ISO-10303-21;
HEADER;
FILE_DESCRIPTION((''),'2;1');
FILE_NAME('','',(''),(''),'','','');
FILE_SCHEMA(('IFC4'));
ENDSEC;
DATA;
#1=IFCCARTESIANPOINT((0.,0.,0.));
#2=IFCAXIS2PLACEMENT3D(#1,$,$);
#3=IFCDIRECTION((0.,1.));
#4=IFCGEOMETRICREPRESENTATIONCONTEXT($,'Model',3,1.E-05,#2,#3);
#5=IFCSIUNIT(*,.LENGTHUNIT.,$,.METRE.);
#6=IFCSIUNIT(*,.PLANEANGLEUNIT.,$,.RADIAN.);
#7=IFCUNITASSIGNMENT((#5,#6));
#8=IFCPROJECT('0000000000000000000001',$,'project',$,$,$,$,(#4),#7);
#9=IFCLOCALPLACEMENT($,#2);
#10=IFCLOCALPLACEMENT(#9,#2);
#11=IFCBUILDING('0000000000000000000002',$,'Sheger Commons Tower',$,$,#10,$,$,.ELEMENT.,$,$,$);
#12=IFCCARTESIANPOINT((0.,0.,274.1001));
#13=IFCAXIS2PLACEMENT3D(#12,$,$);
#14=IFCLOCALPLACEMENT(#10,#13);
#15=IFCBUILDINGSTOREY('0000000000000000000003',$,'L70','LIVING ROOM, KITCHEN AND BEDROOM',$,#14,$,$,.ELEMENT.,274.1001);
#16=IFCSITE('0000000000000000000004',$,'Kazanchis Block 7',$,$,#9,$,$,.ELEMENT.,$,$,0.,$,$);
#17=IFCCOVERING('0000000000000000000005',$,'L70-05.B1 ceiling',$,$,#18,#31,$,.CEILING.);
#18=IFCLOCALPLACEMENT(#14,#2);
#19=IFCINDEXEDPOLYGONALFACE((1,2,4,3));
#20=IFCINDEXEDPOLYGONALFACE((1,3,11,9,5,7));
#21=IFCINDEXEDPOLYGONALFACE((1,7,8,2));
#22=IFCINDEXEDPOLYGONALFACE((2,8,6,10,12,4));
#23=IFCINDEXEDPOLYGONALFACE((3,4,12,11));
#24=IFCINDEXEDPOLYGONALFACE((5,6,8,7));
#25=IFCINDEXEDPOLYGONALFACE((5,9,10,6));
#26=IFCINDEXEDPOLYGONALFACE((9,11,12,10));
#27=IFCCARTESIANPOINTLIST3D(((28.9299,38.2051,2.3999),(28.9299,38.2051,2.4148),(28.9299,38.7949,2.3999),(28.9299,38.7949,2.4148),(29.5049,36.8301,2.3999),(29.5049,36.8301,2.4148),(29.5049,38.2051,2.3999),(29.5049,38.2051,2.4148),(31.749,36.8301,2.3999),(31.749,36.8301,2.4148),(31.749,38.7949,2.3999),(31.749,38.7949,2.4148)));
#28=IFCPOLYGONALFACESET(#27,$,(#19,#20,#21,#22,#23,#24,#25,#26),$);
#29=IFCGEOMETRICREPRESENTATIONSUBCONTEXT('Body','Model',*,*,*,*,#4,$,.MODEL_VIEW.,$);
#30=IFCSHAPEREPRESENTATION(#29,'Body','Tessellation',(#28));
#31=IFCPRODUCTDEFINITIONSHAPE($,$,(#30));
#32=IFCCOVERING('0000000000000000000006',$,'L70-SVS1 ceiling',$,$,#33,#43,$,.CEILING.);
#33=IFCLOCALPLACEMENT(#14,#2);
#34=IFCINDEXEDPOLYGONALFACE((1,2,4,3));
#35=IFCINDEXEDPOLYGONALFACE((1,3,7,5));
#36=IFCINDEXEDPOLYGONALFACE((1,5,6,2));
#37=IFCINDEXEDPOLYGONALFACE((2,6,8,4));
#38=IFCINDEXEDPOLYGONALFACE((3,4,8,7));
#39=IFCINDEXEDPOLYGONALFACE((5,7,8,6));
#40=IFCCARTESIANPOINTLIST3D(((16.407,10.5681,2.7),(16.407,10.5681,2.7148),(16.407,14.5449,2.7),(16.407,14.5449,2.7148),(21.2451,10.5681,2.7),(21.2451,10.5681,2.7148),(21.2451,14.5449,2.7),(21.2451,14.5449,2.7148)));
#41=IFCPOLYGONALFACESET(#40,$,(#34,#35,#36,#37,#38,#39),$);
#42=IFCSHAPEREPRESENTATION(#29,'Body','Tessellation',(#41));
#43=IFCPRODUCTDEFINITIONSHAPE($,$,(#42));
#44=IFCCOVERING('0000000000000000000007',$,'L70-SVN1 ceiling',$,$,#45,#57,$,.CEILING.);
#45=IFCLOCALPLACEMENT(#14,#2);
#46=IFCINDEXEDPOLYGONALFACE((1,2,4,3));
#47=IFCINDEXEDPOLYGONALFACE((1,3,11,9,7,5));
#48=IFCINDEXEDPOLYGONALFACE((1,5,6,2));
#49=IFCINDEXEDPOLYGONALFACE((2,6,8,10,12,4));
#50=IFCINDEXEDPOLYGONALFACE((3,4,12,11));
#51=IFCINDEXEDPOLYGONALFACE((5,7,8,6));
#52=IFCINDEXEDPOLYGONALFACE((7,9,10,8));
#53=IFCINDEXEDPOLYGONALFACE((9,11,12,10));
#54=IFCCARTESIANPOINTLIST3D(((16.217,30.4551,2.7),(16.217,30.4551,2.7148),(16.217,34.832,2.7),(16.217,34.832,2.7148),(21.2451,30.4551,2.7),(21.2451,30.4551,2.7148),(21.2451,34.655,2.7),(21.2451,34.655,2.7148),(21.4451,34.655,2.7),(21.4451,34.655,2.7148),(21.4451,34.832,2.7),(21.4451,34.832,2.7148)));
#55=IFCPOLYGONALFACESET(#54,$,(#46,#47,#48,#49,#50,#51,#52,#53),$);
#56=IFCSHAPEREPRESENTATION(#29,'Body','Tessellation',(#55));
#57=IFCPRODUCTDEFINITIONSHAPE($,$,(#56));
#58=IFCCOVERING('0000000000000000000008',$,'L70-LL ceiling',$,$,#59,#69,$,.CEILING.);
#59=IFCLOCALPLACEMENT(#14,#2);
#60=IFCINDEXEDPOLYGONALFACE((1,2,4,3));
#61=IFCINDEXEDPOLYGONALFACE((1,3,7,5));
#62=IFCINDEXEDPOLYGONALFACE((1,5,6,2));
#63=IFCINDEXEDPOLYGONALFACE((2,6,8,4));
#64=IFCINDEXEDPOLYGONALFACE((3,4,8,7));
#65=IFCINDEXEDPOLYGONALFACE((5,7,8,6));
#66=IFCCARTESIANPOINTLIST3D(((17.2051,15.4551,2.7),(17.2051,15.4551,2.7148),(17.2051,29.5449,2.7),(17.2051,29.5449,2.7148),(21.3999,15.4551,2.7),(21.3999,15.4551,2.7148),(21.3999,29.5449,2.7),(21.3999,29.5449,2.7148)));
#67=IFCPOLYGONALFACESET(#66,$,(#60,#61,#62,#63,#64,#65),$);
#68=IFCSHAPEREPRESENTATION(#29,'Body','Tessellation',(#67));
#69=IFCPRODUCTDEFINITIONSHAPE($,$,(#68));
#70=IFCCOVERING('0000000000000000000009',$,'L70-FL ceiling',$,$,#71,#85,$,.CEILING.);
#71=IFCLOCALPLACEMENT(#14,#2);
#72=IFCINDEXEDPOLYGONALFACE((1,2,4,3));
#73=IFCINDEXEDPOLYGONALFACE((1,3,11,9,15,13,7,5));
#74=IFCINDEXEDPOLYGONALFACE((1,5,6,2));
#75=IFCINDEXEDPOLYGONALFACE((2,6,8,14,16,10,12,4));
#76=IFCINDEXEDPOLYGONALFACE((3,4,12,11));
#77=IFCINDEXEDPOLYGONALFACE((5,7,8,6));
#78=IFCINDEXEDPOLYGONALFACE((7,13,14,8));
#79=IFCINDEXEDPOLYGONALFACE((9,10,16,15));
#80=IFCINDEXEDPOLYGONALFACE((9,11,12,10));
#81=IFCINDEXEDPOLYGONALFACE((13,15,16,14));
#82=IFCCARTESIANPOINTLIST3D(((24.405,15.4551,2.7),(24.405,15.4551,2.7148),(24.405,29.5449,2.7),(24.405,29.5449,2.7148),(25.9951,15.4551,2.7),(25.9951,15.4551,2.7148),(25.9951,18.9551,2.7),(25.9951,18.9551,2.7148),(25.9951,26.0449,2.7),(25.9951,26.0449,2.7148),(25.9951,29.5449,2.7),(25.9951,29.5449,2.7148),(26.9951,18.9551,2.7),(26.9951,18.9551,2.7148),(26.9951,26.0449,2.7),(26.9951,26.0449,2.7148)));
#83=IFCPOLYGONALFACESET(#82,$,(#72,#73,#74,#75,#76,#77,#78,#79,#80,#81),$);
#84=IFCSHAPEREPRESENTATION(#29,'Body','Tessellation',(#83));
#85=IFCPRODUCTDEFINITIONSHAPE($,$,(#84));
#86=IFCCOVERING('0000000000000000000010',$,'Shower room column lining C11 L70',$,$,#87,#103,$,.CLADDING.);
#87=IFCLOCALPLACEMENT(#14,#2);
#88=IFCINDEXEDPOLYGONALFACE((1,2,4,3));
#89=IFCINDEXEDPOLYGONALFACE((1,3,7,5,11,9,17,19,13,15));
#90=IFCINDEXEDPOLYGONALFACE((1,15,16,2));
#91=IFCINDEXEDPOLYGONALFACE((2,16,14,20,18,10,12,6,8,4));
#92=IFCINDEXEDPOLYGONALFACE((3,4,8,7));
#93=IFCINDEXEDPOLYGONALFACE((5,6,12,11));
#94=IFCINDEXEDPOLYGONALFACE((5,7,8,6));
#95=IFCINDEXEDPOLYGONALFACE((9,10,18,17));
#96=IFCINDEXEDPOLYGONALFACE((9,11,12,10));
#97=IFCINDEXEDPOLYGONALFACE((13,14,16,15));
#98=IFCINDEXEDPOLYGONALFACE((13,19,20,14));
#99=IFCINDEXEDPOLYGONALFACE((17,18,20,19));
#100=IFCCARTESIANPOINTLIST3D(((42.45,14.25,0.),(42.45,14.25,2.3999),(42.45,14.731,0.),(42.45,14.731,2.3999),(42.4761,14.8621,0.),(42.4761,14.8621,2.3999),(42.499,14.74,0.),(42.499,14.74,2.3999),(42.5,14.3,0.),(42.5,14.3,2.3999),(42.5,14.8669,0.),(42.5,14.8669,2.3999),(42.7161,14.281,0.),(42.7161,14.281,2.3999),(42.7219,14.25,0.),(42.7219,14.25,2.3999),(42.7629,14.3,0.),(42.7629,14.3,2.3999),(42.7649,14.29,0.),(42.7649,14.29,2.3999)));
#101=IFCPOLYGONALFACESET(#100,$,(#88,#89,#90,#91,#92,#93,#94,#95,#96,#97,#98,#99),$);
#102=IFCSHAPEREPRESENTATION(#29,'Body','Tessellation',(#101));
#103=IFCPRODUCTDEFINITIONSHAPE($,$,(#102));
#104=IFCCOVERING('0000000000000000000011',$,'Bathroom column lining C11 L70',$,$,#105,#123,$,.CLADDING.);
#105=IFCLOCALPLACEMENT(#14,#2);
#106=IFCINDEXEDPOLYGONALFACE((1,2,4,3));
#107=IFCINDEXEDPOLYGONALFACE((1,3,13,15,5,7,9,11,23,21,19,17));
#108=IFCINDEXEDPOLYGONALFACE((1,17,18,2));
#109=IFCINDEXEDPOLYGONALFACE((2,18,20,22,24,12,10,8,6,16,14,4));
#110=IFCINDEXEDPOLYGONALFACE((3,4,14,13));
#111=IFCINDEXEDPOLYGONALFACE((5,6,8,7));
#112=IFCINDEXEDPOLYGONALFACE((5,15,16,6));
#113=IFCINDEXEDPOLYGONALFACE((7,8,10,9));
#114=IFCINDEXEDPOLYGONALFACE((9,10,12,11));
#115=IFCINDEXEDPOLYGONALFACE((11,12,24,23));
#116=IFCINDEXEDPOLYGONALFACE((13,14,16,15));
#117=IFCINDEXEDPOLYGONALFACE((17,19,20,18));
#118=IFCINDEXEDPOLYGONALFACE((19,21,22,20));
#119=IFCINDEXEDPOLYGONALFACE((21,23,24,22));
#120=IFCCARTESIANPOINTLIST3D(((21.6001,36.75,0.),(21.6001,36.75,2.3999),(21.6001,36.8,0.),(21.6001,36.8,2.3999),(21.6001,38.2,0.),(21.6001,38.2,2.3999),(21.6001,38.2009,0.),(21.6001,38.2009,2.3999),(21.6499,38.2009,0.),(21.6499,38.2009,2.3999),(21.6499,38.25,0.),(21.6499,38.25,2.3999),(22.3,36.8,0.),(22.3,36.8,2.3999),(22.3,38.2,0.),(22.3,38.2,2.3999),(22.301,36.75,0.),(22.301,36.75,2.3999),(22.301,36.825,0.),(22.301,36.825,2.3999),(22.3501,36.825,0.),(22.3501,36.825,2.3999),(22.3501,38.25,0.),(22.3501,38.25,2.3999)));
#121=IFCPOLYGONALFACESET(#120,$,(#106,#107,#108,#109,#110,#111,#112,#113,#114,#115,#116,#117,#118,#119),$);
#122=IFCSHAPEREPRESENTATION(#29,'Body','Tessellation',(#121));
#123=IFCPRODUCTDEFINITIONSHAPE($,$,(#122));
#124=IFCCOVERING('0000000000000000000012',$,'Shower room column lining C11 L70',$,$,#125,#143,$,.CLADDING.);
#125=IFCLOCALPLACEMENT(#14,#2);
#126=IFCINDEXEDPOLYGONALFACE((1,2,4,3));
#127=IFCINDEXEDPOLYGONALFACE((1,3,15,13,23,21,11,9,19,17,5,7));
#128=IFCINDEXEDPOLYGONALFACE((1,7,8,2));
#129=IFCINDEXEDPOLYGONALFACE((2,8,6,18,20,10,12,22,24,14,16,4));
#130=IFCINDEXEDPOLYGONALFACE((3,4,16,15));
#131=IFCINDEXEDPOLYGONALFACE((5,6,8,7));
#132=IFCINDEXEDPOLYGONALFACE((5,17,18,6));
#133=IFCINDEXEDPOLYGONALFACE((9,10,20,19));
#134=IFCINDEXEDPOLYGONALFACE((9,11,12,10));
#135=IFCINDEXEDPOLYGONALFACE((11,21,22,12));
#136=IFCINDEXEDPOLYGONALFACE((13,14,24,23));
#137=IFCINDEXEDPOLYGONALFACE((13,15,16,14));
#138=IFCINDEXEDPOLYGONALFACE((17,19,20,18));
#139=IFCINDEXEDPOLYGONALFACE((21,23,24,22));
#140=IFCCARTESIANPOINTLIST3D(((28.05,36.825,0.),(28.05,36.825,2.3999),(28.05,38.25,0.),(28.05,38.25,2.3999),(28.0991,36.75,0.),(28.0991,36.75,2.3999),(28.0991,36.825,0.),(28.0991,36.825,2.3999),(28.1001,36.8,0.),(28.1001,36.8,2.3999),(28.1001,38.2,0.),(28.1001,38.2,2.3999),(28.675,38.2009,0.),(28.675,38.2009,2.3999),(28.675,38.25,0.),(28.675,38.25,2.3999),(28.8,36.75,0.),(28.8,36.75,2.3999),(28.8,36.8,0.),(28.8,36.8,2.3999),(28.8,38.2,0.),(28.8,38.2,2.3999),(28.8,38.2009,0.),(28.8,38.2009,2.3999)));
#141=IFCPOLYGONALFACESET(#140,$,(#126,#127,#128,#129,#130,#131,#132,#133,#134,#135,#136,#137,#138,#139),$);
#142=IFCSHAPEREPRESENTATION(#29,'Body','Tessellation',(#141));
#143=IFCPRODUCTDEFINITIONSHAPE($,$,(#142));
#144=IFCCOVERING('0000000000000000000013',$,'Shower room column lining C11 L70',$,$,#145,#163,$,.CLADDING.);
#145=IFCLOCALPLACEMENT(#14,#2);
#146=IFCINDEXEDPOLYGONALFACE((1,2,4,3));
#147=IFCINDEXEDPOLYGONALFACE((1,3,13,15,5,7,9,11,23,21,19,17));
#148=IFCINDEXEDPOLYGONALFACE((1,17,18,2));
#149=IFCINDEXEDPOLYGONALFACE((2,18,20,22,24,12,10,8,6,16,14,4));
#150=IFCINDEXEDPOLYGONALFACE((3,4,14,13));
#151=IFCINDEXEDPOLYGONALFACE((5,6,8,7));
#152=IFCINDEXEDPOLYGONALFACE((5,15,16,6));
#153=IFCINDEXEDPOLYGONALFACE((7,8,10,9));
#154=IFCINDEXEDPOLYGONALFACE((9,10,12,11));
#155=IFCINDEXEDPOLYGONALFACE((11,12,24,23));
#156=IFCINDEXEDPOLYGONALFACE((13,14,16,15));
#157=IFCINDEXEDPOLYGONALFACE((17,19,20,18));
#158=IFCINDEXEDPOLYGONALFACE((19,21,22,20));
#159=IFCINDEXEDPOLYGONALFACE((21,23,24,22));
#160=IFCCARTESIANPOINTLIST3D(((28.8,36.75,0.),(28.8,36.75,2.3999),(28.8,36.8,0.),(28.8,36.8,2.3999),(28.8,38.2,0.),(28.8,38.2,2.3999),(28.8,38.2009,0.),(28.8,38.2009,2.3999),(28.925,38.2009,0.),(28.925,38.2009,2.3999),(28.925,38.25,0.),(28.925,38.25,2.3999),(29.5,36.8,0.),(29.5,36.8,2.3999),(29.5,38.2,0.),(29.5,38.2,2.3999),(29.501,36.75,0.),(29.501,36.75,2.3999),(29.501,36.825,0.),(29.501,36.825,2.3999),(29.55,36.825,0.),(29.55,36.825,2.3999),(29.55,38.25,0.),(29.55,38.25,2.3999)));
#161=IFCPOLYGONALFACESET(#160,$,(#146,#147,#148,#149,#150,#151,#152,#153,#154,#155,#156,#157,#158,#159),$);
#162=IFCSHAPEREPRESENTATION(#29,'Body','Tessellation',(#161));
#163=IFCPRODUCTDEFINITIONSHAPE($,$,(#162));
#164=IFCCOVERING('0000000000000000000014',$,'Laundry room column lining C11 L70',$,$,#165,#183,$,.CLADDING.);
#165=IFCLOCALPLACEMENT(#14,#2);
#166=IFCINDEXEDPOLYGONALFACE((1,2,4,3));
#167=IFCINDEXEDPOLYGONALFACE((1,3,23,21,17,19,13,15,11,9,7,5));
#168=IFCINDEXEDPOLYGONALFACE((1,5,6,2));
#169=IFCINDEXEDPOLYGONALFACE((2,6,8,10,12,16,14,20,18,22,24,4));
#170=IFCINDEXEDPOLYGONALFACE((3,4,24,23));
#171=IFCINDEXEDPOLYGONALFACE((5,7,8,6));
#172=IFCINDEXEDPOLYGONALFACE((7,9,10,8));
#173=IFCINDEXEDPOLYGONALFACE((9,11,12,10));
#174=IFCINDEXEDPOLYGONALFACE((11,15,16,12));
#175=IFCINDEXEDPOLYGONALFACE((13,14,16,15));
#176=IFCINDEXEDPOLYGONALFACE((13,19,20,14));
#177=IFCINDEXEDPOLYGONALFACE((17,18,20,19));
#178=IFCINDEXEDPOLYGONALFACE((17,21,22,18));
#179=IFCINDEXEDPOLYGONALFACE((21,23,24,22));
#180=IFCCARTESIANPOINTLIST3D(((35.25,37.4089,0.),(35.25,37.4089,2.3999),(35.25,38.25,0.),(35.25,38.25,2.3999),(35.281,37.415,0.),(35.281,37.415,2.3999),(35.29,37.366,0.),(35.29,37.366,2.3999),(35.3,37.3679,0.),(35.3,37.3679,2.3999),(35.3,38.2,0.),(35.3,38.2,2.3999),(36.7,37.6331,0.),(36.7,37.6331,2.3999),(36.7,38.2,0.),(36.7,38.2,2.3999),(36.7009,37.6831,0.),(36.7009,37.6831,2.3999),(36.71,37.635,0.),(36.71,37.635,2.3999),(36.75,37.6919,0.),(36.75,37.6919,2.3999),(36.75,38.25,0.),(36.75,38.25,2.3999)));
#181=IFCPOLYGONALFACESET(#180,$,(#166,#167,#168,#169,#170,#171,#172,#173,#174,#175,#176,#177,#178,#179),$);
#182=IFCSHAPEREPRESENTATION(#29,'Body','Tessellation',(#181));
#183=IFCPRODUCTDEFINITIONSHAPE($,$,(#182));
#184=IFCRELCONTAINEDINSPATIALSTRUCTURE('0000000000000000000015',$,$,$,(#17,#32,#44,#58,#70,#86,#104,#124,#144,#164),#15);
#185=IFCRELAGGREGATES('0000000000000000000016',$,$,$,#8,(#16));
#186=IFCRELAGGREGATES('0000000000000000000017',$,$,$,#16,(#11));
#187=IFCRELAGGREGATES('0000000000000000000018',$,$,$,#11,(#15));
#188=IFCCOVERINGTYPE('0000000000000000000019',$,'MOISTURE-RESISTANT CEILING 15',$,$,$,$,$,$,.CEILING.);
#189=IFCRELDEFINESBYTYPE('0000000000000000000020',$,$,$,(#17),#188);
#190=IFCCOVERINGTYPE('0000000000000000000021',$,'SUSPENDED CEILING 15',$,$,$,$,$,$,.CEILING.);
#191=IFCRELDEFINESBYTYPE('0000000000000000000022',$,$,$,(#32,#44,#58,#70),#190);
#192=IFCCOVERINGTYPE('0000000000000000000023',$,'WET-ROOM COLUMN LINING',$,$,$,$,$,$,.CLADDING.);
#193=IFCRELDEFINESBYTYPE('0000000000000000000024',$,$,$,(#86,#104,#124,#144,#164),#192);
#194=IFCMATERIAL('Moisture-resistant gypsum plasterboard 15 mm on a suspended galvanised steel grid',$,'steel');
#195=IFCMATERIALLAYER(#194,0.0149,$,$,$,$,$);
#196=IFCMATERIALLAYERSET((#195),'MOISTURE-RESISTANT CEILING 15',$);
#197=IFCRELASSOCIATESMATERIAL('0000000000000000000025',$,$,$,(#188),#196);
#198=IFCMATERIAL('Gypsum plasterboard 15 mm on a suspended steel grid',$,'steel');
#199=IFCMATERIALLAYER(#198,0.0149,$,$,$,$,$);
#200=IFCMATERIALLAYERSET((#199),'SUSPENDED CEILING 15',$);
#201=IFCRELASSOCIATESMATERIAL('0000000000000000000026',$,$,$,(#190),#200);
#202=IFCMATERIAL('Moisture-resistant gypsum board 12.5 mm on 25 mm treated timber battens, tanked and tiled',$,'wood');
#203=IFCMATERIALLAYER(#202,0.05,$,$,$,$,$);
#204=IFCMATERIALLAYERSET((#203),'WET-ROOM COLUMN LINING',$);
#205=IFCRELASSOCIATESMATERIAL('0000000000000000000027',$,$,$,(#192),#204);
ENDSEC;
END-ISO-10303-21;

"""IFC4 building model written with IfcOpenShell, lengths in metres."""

from ifc_helpers import new_model, si_unit, direction, frame, origin, place, context, subcontext, project, spatial, polyline, outline, extrude, material, layer, layer_set, type_object, element, save


model = new_model("IFC4")

# Units and contexts
model_context = context("Model", 3, precision=1e-05, world=origin(), true_north=direction((0.0, 1.0)))
body_context = subcontext(model_context, "Body", "Model", "MODEL_VIEW")
ifc_project = project(units=[si_unit("LENGTHUNIT", "METRE"), si_unit("PLANEANGLEUNIT", "RADIAN")], contexts=[model_context])

# Site, building, storey
site_placement = place(None, origin())
site = spatial("IfcSite", under=ifc_project, at=site_placement, Name="Kazanchis Block 7", CompositionType="ELEMENT", RefElevation=0.0)
building_placement = place(site_placement, origin())
building = spatial("IfcBuilding", under=site, at=building_placement, Name="Sheger Commons Tower", CompositionType="ELEMENT")
storey_placement = place(building_placement, frame((0.0, 0.0, 274.1001)))
storey = spatial("IfcBuildingStorey", under=building, at=storey_placement, Name="L70", Description="LIVING ROOM, KITCHEN AND BEDROOM", CompositionType="ELEMENT", Elevation=274.1001)

# Coverings
ifc_material_1 = material(Name="Moisture-resistant gypsum plasterboard 15 mm on a suspended galvanised steel grid", Category="steel")
ifc_layer_1 = layer(ifc_material_1, 0.0149)
ifc_layer_set_1 = layer_set([ifc_layer_1], Name="MOISTURE-RESISTANT CEILING 15")
covering_type_1 = type_object("IfcCoveringType", Name="MOISTURE-RESISTANT CEILING 15", PredefinedType="CEILING", material=ifc_layer_set_1)
covering_1_placement = place(storey_placement, frame((0.0, 0.0, 2.3999)))
element("IfcCovering", 1, at=covering_1_placement, inside=storey, type_object=covering_type_1, Name="L70-05.B1 ceiling", PredefinedType="CEILING", context=body_context, shape_type="SweptSolid", body=[
    extrude(outline(polyline([(29.5049, 36.8301), (31.749, 36.8301), (31.749, 38.7949), (28.9299, 38.7949), (28.9299, 38.2051), (29.5049, 38.2051), (29.5049, 36.8301)])), origin(), (0.0, 0.0, 1.0), 0.0149),
])
ifc_material_2 = material(Name="Gypsum plasterboard 15 mm on a suspended steel grid", Category="steel")
ifc_layer_2 = layer(ifc_material_2, 0.0149)
ifc_layer_set_2 = layer_set([ifc_layer_2], Name="SUSPENDED CEILING 15")
covering_type_2 = type_object("IfcCoveringType", Name="SUSPENDED CEILING 15", PredefinedType="CEILING", material=ifc_layer_set_2)
covering_2_placement = place(storey_placement, frame((0.0, 0.0, 2.7)))
element("IfcCovering", 2, at=covering_2_placement, inside=storey, type_object=covering_type_2, Name="L70-SVS1 ceiling", PredefinedType="CEILING", context=body_context, shape_type="SweptSolid", body=[
    extrude(outline(polyline([(16.407, 10.5681), (21.2451, 10.5681), (21.2451, 14.5449), (16.407, 14.5449), (16.407, 10.5681)])), origin(), (0.0, 0.0, 1.0), 0.0149),
])
covering_3_placement = place(storey_placement, frame((0.0, 0.0, 2.7)))
element("IfcCovering", 3, at=covering_3_placement, inside=storey, type_object=covering_type_2, Name="L70-SVN1 ceiling", PredefinedType="CEILING", context=body_context, shape_type="SweptSolid", body=[
    extrude(outline(polyline([(16.217, 30.4551), (21.2451, 30.4551), (21.2451, 34.655), (21.4451, 34.655), (21.4451, 34.832), (16.217, 34.832), (16.217, 30.4551)])), origin(), (0.0, 0.0, 1.0), 0.0149),
])
covering_4_placement = place(storey_placement, frame((0.0, 0.0, 2.7)))
element("IfcCovering", 4, at=covering_4_placement, inside=storey, type_object=covering_type_2, Name="L70-LL ceiling", PredefinedType="CEILING", context=body_context, shape_type="SweptSolid", body=[
    extrude(outline(polyline([(17.2051, 15.4551), (21.3999, 15.4551), (21.3999, 29.5449), (17.2051, 29.5449), (17.2051, 15.4551)])), origin(), (0.0, 0.0, 1.0), 0.0149),
])
covering_5_placement = place(storey_placement, frame((0.0, 0.0, 2.7)))
element("IfcCovering", 5, at=covering_5_placement, inside=storey, type_object=covering_type_2, Name="L70-FL ceiling", PredefinedType="CEILING", context=body_context, shape_type="SweptSolid", body=[
    extrude(outline(polyline([(24.405, 15.4551), (25.9951, 15.4551), (25.9951, 18.9551), (26.9951, 18.9551), (26.9951, 26.0449), (25.9951, 26.0449), (25.9951, 29.5449), (24.405, 29.5449), (24.405, 15.4551)])), origin(), (0.0, 0.0, 1.0), 0.0149),
])
ifc_material_3 = material(Name="Moisture-resistant gypsum board 12.5 mm on 25 mm treated timber battens, tanked and tiled", Category="wood")
ifc_layer_3 = layer(ifc_material_3, 0.05)
ifc_layer_set_3 = layer_set([ifc_layer_3], Name="WET-ROOM COLUMN LINING")
covering_type_3 = type_object("IfcCoveringType", Name="WET-ROOM COLUMN LINING", PredefinedType="CLADDING", material=ifc_layer_set_3)
covering_6_placement = place(storey_placement, origin())
element("IfcCovering", 6, at=covering_6_placement, inside=storey, type_object=covering_type_3, Name="Shower room column lining C11 L70", PredefinedType="CLADDING", context=body_context, shape_type="SweptSolid", body=[
    extrude(outline(polyline([(42.5, 14.8669), (42.5, 14.3), (42.7629, 14.3), (42.7649, 14.29), (42.7161, 14.281), (42.7219, 14.25), (42.45, 14.25), (42.45, 14.731), (42.499, 14.74), (42.4761, 14.8621), (42.5, 14.8669)])), origin(), (0.0, 0.0, 1.0), 2.3999),
])
covering_7_placement = place(storey_placement, origin())
element("IfcCovering", 7, at=covering_7_placement, inside=storey, type_object=covering_type_3, Name="Bathroom column lining C11 L70", PredefinedType="CLADDING", context=body_context, shape_type="SweptSolid", body=[
    extrude(outline(polyline([(22.3501, 36.825), (22.301, 36.825), (22.301, 36.75), (21.6001, 36.75), (21.6001, 36.8), (22.3, 36.8), (22.3, 38.2), (21.6001, 38.2), (21.6001, 38.2009), (21.6499, 38.2009), (21.6499, 38.25), (22.3501, 38.25), (22.3501, 36.825)])), origin(), (0.0, 0.0, 1.0), 2.3999),
])
covering_8_placement = place(storey_placement, origin())
element("IfcCovering", 8, at=covering_8_placement, inside=storey, type_object=covering_type_3, Name="Shower room column lining C11 L70", PredefinedType="CLADDING", context=body_context, shape_type="SweptSolid", body=[
    extrude(outline(polyline([(28.675, 38.25), (28.675, 38.2009), (28.8, 38.2009), (28.8, 38.2), (28.1001, 38.2), (28.1001, 36.8), (28.8, 36.8), (28.8, 36.75), (28.0991, 36.75), (28.0991, 36.825), (28.05, 36.825), (28.05, 38.25), (28.675, 38.25)])), origin(), (0.0, 0.0, 1.0), 2.3999),
])
covering_9_placement = place(storey_placement, origin())
element("IfcCovering", 9, at=covering_9_placement, inside=storey, type_object=covering_type_3, Name="Shower room column lining C11 L70", PredefinedType="CLADDING", context=body_context, shape_type="SweptSolid", body=[
    extrude(outline(polyline([(29.55, 36.825), (29.501, 36.825), (29.501, 36.75), (28.8, 36.75), (28.8, 36.8), (29.5, 36.8), (29.5, 38.2), (28.8, 38.2), (28.8, 38.2009), (28.925, 38.2009), (28.925, 38.25), (29.55, 38.25), (29.55, 36.825)])), origin(), (0.0, 0.0, 1.0), 2.3999),
])
covering_10_placement = place(storey_placement, origin())
element("IfcCovering", 10, at=covering_10_placement, inside=storey, type_object=covering_type_3, Name="Laundry room column lining C11 L70", PredefinedType="CLADDING", context=body_context, shape_type="SweptSolid", body=[
    extrude(outline(polyline([(36.75, 38.25), (36.75, 37.6919), (36.7009, 37.6831), (36.71, 37.635), (36.7, 37.6331), (36.7, 38.2), (35.3, 38.2), (35.3, 37.3679), (35.29, 37.366), (35.281, 37.415), (35.25, 37.4089), (35.25, 38.25), (36.75, 38.25)])), origin(), (0.0, 0.0, 1.0), 2.3999),
])

save(model, "model.ifc")
